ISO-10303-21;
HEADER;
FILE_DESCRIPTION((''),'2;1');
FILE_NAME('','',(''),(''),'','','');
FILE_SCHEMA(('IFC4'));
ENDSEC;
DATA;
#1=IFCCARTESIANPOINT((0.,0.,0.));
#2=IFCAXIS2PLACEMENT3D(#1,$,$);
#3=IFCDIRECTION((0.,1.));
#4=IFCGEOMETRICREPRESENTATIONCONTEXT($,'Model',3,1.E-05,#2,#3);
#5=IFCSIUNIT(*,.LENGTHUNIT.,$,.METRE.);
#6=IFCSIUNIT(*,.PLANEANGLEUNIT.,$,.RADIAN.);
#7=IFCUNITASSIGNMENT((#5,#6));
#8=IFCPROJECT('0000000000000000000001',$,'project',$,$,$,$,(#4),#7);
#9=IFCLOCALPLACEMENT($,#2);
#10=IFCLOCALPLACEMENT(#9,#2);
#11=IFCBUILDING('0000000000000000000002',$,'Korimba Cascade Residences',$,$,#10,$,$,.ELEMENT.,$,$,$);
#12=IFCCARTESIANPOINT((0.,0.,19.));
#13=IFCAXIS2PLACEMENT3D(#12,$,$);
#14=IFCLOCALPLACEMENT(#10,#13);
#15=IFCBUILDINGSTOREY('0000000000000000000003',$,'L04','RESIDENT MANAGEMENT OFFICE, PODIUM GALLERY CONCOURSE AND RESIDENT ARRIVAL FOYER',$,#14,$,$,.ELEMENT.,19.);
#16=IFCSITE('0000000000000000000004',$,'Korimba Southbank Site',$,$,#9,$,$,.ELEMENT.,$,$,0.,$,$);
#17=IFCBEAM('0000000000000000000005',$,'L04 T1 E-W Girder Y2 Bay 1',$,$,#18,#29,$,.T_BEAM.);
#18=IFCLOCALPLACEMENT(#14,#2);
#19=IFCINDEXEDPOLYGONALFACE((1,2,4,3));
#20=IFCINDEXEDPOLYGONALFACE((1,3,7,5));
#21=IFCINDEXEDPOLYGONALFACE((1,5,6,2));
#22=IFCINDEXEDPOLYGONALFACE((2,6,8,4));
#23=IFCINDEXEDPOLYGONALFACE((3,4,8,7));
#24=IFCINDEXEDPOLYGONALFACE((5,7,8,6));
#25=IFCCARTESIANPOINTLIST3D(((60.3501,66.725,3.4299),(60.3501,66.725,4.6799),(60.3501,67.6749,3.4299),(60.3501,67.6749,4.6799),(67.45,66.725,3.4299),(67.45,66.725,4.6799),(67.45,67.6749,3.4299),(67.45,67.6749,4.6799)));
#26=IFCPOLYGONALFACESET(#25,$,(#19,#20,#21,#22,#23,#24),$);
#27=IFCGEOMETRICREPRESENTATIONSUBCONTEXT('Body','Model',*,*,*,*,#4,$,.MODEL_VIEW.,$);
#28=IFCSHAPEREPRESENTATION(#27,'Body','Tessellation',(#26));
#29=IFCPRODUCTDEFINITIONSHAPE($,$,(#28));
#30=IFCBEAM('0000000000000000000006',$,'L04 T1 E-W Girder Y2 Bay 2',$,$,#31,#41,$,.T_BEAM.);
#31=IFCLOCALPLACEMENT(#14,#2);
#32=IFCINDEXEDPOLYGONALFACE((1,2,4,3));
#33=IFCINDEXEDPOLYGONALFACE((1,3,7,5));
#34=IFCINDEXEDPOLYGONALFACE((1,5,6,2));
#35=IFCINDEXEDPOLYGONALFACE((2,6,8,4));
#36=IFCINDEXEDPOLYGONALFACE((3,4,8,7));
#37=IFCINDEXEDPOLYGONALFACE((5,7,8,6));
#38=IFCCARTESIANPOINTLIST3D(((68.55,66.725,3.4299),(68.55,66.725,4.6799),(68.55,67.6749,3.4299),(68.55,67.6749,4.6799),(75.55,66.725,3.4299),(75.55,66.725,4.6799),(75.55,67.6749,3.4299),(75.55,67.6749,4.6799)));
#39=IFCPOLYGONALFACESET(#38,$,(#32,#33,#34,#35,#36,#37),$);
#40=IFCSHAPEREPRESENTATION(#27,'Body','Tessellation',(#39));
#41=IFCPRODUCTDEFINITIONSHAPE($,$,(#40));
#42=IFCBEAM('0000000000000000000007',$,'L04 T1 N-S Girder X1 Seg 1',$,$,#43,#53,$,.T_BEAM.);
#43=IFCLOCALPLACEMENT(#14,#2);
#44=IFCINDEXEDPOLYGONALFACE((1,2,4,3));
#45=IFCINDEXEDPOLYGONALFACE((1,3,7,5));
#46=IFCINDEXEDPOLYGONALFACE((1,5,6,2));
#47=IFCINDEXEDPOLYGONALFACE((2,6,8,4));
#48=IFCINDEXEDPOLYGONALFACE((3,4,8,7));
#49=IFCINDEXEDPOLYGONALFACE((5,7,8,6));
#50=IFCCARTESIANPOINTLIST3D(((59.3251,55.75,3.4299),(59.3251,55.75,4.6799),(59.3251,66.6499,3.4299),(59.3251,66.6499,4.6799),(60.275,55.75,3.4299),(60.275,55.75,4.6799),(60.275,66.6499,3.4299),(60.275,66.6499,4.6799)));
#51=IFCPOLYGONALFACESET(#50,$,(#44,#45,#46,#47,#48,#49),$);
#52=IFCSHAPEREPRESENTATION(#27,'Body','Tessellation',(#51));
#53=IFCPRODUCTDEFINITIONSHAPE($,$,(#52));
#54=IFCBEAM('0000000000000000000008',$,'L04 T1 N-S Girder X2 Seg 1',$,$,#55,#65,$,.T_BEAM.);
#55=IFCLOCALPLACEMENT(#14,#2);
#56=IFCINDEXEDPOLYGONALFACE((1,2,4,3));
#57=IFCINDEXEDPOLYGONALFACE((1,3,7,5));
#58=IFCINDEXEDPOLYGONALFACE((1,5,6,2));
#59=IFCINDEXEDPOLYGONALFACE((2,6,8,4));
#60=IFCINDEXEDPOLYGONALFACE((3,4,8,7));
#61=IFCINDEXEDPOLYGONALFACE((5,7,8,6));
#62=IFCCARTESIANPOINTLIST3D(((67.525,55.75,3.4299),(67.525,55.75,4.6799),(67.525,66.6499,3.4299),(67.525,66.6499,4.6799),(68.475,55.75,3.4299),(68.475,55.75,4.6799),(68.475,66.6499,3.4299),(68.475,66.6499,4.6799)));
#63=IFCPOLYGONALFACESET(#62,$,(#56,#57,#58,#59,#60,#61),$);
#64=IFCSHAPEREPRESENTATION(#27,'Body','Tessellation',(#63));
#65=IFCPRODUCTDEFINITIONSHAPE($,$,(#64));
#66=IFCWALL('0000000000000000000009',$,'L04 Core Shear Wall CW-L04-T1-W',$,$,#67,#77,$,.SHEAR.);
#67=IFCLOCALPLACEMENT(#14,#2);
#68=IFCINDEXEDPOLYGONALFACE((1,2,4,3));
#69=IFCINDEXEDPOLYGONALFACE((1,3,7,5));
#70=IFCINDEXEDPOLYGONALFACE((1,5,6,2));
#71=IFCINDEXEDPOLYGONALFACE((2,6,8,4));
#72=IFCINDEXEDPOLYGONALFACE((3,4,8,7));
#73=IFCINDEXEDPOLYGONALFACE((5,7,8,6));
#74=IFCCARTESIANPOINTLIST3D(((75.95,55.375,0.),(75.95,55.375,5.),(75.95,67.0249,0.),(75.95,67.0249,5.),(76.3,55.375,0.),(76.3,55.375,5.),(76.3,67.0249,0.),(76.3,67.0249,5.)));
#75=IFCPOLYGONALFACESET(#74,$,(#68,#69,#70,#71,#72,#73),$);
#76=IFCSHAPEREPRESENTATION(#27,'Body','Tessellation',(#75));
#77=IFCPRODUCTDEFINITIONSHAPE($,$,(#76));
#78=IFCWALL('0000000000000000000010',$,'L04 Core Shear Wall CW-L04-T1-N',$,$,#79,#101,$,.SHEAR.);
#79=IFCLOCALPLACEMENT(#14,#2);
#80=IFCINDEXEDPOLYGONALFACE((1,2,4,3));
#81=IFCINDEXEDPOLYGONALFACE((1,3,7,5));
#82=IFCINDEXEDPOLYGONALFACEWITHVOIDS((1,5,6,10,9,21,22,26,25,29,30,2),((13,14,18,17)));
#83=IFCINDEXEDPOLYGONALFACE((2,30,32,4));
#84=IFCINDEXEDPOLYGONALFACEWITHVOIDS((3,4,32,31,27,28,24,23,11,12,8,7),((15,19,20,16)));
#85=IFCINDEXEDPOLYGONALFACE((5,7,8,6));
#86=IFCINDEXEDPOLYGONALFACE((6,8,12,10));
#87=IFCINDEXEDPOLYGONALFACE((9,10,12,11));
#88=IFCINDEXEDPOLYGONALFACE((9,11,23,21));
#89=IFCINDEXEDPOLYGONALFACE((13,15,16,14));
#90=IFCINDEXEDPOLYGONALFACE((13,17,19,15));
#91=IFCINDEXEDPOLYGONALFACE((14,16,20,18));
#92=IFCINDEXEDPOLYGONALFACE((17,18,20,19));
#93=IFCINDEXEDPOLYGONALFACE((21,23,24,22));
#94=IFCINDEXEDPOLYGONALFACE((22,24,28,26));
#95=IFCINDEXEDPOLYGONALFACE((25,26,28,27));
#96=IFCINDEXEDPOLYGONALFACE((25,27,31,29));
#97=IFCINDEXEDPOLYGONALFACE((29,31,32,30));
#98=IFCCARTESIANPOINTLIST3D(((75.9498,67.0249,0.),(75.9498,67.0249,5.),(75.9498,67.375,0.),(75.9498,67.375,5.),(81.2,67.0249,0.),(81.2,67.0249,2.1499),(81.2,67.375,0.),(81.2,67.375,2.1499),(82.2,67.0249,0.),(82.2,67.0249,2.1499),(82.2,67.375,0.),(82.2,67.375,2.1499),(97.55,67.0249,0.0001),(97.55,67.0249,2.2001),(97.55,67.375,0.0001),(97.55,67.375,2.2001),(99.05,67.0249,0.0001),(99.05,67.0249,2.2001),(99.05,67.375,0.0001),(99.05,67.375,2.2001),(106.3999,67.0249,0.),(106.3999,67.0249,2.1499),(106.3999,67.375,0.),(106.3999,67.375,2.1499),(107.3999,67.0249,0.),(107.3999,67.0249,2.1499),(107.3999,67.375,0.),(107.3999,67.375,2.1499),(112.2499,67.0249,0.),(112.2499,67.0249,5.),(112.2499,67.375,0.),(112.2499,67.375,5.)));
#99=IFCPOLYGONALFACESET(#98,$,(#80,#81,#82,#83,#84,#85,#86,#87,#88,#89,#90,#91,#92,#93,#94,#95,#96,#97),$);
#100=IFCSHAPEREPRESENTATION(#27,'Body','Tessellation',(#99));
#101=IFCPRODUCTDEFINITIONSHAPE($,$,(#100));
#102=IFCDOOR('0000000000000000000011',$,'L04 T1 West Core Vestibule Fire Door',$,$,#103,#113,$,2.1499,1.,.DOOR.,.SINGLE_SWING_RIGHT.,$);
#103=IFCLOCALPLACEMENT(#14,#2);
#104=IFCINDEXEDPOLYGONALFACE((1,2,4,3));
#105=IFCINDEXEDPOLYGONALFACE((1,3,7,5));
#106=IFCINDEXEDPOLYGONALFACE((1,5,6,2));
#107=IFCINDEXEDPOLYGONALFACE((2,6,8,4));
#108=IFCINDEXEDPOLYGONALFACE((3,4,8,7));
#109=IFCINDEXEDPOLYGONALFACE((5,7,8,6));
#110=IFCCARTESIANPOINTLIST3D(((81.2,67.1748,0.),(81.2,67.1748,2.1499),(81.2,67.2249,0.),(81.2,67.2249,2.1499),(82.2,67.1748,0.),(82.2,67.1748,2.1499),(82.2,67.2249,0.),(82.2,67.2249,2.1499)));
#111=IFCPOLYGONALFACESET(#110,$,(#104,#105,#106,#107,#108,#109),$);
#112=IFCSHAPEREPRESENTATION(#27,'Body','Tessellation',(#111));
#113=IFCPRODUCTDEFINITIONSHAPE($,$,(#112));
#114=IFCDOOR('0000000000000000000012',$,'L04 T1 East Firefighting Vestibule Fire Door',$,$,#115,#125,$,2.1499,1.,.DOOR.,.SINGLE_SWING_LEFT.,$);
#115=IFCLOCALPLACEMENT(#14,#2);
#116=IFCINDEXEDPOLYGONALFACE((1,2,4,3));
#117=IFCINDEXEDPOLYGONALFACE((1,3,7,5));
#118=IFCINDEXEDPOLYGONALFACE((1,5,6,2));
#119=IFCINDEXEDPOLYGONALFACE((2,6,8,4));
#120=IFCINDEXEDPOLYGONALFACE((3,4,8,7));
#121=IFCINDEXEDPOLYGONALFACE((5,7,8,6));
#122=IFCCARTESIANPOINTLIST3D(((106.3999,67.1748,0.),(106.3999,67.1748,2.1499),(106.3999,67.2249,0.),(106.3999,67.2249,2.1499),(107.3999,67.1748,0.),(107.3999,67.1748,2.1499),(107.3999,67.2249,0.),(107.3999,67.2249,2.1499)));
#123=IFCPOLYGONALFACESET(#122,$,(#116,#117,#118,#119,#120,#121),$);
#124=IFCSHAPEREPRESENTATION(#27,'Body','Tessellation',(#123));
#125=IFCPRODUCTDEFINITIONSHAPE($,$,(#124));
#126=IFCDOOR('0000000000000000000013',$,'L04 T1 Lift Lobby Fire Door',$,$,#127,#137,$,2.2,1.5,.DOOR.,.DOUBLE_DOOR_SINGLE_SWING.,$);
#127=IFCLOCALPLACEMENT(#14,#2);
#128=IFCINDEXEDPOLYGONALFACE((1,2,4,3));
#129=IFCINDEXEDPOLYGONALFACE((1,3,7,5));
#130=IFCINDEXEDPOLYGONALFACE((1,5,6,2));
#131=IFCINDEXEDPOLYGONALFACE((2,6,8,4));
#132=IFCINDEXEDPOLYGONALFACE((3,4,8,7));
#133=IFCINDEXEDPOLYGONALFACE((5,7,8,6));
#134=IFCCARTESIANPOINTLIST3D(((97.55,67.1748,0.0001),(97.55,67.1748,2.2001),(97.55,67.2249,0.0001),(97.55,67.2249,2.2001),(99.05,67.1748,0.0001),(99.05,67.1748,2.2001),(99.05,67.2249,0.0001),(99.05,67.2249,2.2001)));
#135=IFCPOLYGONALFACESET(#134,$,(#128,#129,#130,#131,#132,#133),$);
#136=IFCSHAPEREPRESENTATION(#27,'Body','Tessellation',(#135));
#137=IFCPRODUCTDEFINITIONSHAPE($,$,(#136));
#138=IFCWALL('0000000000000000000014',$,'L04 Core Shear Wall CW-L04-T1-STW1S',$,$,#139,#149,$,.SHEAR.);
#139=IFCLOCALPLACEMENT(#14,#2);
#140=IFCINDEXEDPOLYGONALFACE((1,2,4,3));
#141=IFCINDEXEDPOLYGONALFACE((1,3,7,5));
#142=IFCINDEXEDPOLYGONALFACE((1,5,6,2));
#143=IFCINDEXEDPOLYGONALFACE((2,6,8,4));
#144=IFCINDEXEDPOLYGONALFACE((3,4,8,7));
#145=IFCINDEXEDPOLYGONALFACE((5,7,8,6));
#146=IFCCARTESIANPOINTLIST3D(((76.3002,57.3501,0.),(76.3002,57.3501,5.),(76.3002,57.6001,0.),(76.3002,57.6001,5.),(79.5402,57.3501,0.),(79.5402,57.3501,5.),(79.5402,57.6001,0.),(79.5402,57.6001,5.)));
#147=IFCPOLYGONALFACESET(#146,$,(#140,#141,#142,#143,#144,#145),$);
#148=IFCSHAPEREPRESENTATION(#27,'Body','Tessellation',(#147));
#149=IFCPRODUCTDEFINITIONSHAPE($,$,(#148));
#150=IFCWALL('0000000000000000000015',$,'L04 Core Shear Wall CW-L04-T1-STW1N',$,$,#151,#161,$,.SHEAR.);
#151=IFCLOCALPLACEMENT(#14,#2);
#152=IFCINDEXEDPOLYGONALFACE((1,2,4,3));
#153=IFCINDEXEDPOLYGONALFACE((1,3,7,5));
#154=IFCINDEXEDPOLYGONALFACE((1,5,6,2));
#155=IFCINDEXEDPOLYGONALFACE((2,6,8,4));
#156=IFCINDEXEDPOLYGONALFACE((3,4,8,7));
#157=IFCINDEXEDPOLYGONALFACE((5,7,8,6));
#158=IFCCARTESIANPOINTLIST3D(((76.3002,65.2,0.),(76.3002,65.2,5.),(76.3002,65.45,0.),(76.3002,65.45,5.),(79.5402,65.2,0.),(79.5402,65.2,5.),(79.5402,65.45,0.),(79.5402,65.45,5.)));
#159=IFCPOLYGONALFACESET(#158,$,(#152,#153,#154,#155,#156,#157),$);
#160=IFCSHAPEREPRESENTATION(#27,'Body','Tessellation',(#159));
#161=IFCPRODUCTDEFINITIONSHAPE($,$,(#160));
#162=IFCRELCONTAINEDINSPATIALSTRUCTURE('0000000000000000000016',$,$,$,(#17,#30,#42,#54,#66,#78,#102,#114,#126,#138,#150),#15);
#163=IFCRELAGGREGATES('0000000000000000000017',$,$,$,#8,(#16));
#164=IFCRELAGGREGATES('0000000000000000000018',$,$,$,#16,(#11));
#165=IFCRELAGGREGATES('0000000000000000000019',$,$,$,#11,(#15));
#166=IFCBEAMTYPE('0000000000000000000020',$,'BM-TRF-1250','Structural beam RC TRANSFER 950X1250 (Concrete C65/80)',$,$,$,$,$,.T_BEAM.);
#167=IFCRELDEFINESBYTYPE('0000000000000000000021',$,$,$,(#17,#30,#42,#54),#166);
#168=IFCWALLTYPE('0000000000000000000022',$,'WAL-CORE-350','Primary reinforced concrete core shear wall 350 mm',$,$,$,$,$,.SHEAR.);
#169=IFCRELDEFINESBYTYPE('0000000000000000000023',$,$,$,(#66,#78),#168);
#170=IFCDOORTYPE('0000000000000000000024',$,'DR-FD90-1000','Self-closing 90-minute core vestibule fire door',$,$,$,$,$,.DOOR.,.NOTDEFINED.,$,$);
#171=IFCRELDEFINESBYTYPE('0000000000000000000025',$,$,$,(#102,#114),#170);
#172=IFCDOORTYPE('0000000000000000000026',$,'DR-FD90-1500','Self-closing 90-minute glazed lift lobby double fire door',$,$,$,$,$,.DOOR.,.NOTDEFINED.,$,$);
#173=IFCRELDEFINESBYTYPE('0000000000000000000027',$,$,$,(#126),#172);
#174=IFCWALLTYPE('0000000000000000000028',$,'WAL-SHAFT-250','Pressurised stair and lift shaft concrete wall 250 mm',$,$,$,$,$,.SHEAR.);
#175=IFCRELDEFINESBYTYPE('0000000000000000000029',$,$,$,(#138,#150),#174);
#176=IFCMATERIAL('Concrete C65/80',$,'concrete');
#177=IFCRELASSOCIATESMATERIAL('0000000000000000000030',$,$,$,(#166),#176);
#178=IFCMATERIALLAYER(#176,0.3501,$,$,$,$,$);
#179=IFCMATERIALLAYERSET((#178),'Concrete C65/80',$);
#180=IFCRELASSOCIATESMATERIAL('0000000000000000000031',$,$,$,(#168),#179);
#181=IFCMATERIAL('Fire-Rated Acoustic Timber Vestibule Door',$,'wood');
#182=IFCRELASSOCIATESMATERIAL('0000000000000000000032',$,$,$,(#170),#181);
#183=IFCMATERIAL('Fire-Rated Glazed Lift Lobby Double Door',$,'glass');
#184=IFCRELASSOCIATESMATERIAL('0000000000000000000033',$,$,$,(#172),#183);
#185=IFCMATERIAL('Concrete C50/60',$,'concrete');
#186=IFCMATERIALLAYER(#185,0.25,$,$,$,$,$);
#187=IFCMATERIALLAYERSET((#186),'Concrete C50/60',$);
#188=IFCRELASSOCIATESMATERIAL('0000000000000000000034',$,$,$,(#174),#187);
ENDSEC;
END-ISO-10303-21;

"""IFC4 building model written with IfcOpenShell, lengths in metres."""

from ifc_helpers import new_model, si_unit, direction, frame, frame_2d, origin, origin_2d, place, context, subcontext, project, spatial, rectangle, extrude, material, layer, layer_set, material_profile, profile_set, type_object, element, fill, save


model = new_model("IFC4")

# Units and contexts
model_context = context("Model", 3, precision=1e-05, world=origin(), true_north=direction((0.0, 1.0)))
body_context = subcontext(model_context, "Body", "Model", "MODEL_VIEW")
ifc_project = project(units=[si_unit("LENGTHUNIT", "METRE"), si_unit("PLANEANGLEUNIT", "RADIAN")], contexts=[model_context])

# Site, building, storey
site_placement = place(None, origin())
site = spatial("IfcSite", under=ifc_project, at=site_placement, Name="Korimba Southbank Site", CompositionType="ELEMENT", RefElevation=0.0)
building_placement = place(site_placement, origin())
building = spatial("IfcBuilding", under=site, at=building_placement, Name="Korimba Cascade Residences", CompositionType="ELEMENT")
storey_placement = place(building_placement, frame((0.0, 0.0, 19.0)))
storey = spatial("IfcBuildingStorey", under=building, at=storey_placement, Name="L04", Description="RESIDENT MANAGEMENT OFFICE, PODIUM GALLERY CONCOURSE AND RESIDENT ARRIVAL FOYER", CompositionType="ELEMENT", Elevation=19.0)

# Beams
ifc_material_1 = material(Name="Concrete C65/80", Category="concrete")
ifc_material_profile_1 = material_profile(ifc_material_1, rectangle(XDim=0.95, YDim=1.25, at=origin_2d()), Name="Concrete C65/80")
ifc_profile_set_1 = profile_set([ifc_material_profile_1], Name="Concrete C65/80")
beam_type_1 = type_object("IfcBeamType", Name="BM-TRF-1250", Description="Structural beam RC TRANSFER 950X1250 (Concrete C65/80)", PredefinedType="T_BEAM", material=ifc_profile_set_1)
beam_1_placement = place(storey_placement, frame((60.3501, 67.2, 4.0549), z_axis=(1.0, 0.0, 0.0), x_axis=(0.0, 1.0, 0.0)))
element("IfcBeam", 1, at=beam_1_placement, inside=storey, type_object=beam_type_1, Name="L04 T1 E-W Girder Y2 Bay 1", PredefinedType="T_BEAM", context=body_context, shape_type="SweptSolid", body=[
    extrude(rectangle(XDim=0.95, YDim=1.25, at=origin_2d()), origin(), (0.0, 0.0, 1.0), 7.0999),
])
beam_2_placement = place(storey_placement, frame((68.55, 67.2, 4.0549), z_axis=(1.0, 0.0, 0.0), x_axis=(0.0, 1.0, 0.0)))
element("IfcBeam", 2, at=beam_2_placement, inside=storey, type_object=beam_type_1, Name="L04 T1 E-W Girder Y2 Bay 2", PredefinedType="T_BEAM", context=body_context, shape_type="SweptSolid", body=[
    extrude(rectangle(XDim=0.95, YDim=1.25, at=origin_2d()), origin(), (0.0, 0.0, 1.0), 7.0),
])
for number, where, z_axis, x_axis, name in (
    (3, (59.8, 55.75, 4.0549), (0.0, 1.0, 0.0), (-1.0, 0.0, 0.0), "L04 T1 N-S Girder X1 Seg 1"),
    (4, (68.0, 55.75, 4.0549), (0.0, 1.0, 0.0), (-1.0, 0.0, 0.0), "L04 T1 N-S Girder X2 Seg 1"),
):
    element("IfcBeam", number, at=place(storey_placement, frame(where, z_axis=z_axis, x_axis=x_axis)), inside=storey, type_object=beam_type_1, Name=name, PredefinedType="T_BEAM", context=body_context, shape_type="SweptSolid", body=[
        extrude(rectangle(XDim=0.95, YDim=1.25, at=origin_2d()), origin(), (0.0, 0.0, 1.0), 10.8999),
    ])

# Wall
ifc_layer_1 = layer(ifc_material_1, 0.3501)
ifc_layer_set_1 = layer_set([ifc_layer_1], Name="Concrete C65/80")
wall_type_1 = type_object("IfcWallType", Name="WAL-CORE-350", Description="Primary reinforced concrete core shear wall 350 mm", PredefinedType="SHEAR", material=ifc_layer_set_1)
wall_1_placement = place(storey_placement, frame((76.125, 55.375, 0.0), z_axis=(0.0, 0.0, 1.0), x_axis=(0.0, 1.0, 0.0)))
element("IfcWall", 5, at=wall_1_placement, inside=storey, type_object=wall_type_1, Name="L04 Core Shear Wall CW-L04-T1-W", PredefinedType="SHEAR", context=body_context, shape_type="SweptSolid", body=[
    extrude(rectangle(XDim=11.6499, YDim=0.3501, at=frame_2d((5.825, 0.0))), origin(), (0.0, 0.0, 1.0), 5.0),
])

# Wall, openings, doors
wall_2_placement = place(storey_placement, frame((75.95, 67.2, 0.0), z_axis=(0.0, 0.0, 1.0), x_axis=(1.0, 0.0, 0.0)))
wall_2 = element("IfcWall", 6, at=wall_2_placement, inside=storey, type_object=wall_type_1, Name="L04 Core Shear Wall CW-L04-T1-N", PredefinedType="SHEAR", context=body_context, shape_type="SweptSolid", body=[
    extrude(rectangle(XDim=36.3, YDim=0.3501, at=frame_2d((18.1499, 0.0))), origin(), (0.0, 0.0, 1.0), 5.0),
])
opening_1_placement = place(wall_2_placement, frame((5.25, 0.0, 0.0)))
opening_1 = element("IfcOpeningElement", 7, at=opening_1_placement, cuts=wall_2, PredefinedType="OPENING", context=body_context, shape_type="SweptSolid", body=[
    extrude(rectangle(XDim=1.0, YDim=2.1499, at=frame_2d((0.5, 1.075))), frame((0.0, 0.1851, 0.0), z_axis=(0.0, -1.0, 0.0), x_axis=(1.0, 0.0, 0.0)), (0.0, 0.0, 1.0), 0.3701),
])
opening_2_placement = place(wall_2_placement, frame((21.6001, 0.0, 0.0)))
opening_2 = element("IfcOpeningElement", 8, at=opening_2_placement, cuts=wall_2, PredefinedType="OPENING", context=body_context, shape_type="SweptSolid", body=[
    extrude(rectangle(XDim=1.5, YDim=2.2, at=frame_2d((0.75, 1.1001))), frame((0.0, 0.1851, 0.0), z_axis=(0.0, -1.0, 0.0), x_axis=(1.0, 0.0, 0.0)), (0.0, 0.0, 1.0), 0.3701),
])
opening_3_placement = place(wall_2_placement, frame((30.45, 0.0, 0.0)))
opening_3 = element("IfcOpeningElement", 9, at=opening_3_placement, cuts=wall_2, PredefinedType="OPENING", context=body_context, shape_type="SweptSolid", body=[
    extrude(rectangle(XDim=1.0, YDim=2.1499, at=frame_2d((0.5, 1.075))), frame((0.0, 0.1851, 0.0), z_axis=(0.0, -1.0, 0.0), x_axis=(1.0, 0.0, 0.0)), (0.0, 0.0, 1.0), 0.3701),
])
ifc_material_2 = material(Name="Fire-Rated Acoustic Timber Vestibule Door", Category="wood")
door_type_1 = type_object("IfcDoorType", Name="DR-FD90-1000", Description="Self-closing 90-minute core vestibule fire door", OperationType="NOTDEFINED", PredefinedType="DOOR", material=ifc_material_2)
door_1_placement = place(opening_1_placement, origin())
door_1 = element("IfcDoor", 10, at=door_1_placement, inside=storey, type_object=door_type_1, Name="L04 T1 West Core Vestibule Fire Door", OperationType="SINGLE_SWING_RIGHT", OverallHeight=2.1499, OverallWidth=1.0, PredefinedType="DOOR", context=body_context, shape_type="SweptSolid", body=[
    extrude(rectangle(XDim=1.0, YDim=2.1499, at=frame_2d((0.5, 1.075))), frame((0.0, 0.0249, 0.0), z_axis=(0.0, -1.0, 0.0), x_axis=(1.0, 0.0, 0.0)), (0.0, 0.0, 1.0), 0.05),
])
fill(opening_1, door_1)
door_2_placement = place(opening_3_placement, origin())
door_2 = element("IfcDoor", 11, at=door_2_placement, inside=storey, type_object=door_type_1, Name="L04 T1 East Firefighting Vestibule Fire Door", OperationType="SINGLE_SWING_LEFT", OverallHeight=2.1499, OverallWidth=1.0, PredefinedType="DOOR", context=body_context, shape_type="SweptSolid", body=[
    extrude(rectangle(XDim=1.0, YDim=2.1499, at=frame_2d((0.5, 1.075))), frame((0.0, 0.0249, 0.0), z_axis=(0.0, -1.0, 0.0), x_axis=(1.0, 0.0, 0.0)), (0.0, 0.0, 1.0), 0.05),
])
fill(opening_3, door_2)
ifc_material_3 = material(Name="Fire-Rated Glazed Lift Lobby Double Door", Category="glass")
door_type_2 = type_object("IfcDoorType", Name="DR-FD90-1500", Description="Self-closing 90-minute glazed lift lobby double fire door", OperationType="NOTDEFINED", PredefinedType="DOOR", material=ifc_material_3)
door_3_placement = place(opening_2_placement, origin())
door_3 = element("IfcDoor", 12, at=door_3_placement, inside=storey, type_object=door_type_2, Name="L04 T1 Lift Lobby Fire Door", OperationType="DOUBLE_DOOR_SINGLE_SWING", OverallHeight=2.2, OverallWidth=1.5, PredefinedType="DOOR", context=body_context, shape_type="SweptSolid", body=[
    extrude(rectangle(XDim=1.5, YDim=2.2, at=frame_2d((0.75, 1.1001))), frame((0.0, 0.0249, 0.0), z_axis=(0.0, -1.0, 0.0), x_axis=(1.0, 0.0, 0.0)), (0.0, 0.0, 1.0), 0.05),
])
fill(opening_2, door_3)

# Walls
ifc_material_4 = material(Name="Concrete C50/60", Category="concrete")
ifc_layer_2 = layer(ifc_material_4, 0.25)
ifc_layer_set_2 = layer_set([ifc_layer_2], Name="Concrete C50/60")
wall_type_2 = type_object("IfcWallType", Name="WAL-SHAFT-250", Description="Pressurised stair and lift shaft concrete wall 250 mm", PredefinedType="SHEAR", material=ifc_layer_set_2)
for number, where, z_axis, x_axis, name in (
    (13, (76.3, 57.4751, 0.0), (0.0, 0.0, 1.0), (1.0, 0.0, 0.0), "L04 Core Shear Wall CW-L04-T1-STW1S"),
    (14, (76.3, 65.325, 0.0), (0.0, 0.0, 1.0), (1.0, 0.0, 0.0), "L04 Core Shear Wall CW-L04-T1-STW1N"),
):
    element("IfcWall", number, at=place(storey_placement, frame(where, z_axis=z_axis, x_axis=x_axis)), inside=storey, type_object=wall_type_2, Name=name, PredefinedType="SHEAR", context=body_context, shape_type="SweptSolid", body=[
        extrude(rectangle(XDim=3.24, YDim=0.25, at=frame_2d((1.6201, 0.0))), origin(), (0.0, 0.0, 1.0), 5.0),
    ])

save(model, "model.ifc")
